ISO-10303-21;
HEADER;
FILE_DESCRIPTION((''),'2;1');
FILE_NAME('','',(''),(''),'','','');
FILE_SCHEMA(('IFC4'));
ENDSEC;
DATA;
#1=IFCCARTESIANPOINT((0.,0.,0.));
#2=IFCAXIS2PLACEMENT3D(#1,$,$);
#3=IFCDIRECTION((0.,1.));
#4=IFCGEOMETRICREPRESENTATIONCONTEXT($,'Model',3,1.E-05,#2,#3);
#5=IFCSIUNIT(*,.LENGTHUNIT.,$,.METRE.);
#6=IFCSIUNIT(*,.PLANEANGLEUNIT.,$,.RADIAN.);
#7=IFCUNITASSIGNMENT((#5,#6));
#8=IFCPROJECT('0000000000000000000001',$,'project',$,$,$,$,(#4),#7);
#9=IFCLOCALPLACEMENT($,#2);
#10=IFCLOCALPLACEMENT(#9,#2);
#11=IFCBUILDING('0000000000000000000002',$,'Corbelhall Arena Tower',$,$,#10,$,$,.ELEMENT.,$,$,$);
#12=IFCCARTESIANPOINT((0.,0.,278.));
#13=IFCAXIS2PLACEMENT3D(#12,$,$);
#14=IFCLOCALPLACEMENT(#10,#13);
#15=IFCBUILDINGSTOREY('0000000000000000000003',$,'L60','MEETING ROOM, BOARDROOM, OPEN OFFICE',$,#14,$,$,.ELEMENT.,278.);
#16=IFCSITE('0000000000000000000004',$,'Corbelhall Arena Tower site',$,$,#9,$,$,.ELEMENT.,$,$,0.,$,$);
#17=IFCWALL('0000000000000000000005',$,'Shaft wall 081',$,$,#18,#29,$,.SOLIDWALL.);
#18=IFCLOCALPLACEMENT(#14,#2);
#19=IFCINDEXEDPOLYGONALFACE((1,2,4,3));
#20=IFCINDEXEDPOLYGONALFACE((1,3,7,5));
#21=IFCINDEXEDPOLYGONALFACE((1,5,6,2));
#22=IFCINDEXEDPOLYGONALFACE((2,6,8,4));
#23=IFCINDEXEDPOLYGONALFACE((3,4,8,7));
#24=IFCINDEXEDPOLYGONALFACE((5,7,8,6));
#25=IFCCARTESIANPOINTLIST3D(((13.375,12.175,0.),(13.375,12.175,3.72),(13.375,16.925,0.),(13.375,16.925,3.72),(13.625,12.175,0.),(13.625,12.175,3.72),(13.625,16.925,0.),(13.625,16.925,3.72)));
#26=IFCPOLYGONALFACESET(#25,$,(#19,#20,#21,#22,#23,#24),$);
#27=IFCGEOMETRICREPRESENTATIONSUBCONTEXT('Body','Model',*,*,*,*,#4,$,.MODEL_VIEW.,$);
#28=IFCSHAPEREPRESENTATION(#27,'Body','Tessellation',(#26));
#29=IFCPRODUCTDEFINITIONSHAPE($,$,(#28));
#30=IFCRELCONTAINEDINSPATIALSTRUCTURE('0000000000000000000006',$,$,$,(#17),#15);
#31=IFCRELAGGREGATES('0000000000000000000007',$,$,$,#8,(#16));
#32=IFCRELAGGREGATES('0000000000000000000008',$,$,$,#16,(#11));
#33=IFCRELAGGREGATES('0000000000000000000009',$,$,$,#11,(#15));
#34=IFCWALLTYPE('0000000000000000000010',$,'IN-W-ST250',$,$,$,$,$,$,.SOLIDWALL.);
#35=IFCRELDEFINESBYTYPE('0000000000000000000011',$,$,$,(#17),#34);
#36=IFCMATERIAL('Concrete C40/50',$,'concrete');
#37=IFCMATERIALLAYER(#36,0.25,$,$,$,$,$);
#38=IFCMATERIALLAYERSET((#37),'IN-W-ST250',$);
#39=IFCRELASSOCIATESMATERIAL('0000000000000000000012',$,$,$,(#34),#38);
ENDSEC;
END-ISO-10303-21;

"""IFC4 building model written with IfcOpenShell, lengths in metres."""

from ifc_helpers import new_model, si_unit, direction, frame, frame_2d, origin, place, context, subcontext, project, spatial, rectangle, extrude, material, layer, layer_set, type_object, element, save


model = new_model("IFC4")

# Units and contexts
model_context = context("Model", 3, precision=1e-05, world=origin(), true_north=direction((0.0, 1.0)))
body_context = subcontext(model_context, "Body", "Model", "MODEL_VIEW")
ifc_project = project(units=[si_unit("LENGTHUNIT", "METRE"), si_unit("PLANEANGLEUNIT", "RADIAN")], contexts=[model_context])

# Site, building, storey
site_placement = place(None, origin())
site = spatial("IfcSite", under=ifc_project, at=site_placement, Name="Corbelhall Arena Tower site", CompositionType="ELEMENT", RefElevation=0.0)
building_placement = place(site_placement, origin())
building = spatial("IfcBuilding", under=site, at=building_placement, Name="Corbelhall Arena Tower", CompositionType="ELEMENT")
storey_placement = place(building_placement, frame((0.0, 0.0, 278.0)))
storey = spatial("IfcBuildingStorey", under=building, at=storey_placement, Name="L60", Description="MEETING ROOM, BOARDROOM, OPEN OFFICE", CompositionType="ELEMENT", Elevation=278.0)

# Wall
ifc_material_1 = material(Name="Concrete C40/50", Category="concrete")
ifc_layer_1 = layer(ifc_material_1, 0.25)
ifc_layer_set_1 = layer_set([ifc_layer_1], Name="IN-W-ST250")
wall_type_1 = type_object("IfcWallType", Name="IN-W-ST250", PredefinedType="SOLIDWALL", material=ifc_layer_set_1)
wall_1_placement = place(storey_placement, frame((13.5, 12.175, 0.0), z_axis=(0.0, 0.0, 1.0), x_axis=(0.0, 1.0, 0.0)))
element("IfcWall", 1, at=wall_1_placement, inside=storey, type_object=wall_type_1, Name="Shaft wall 081", PredefinedType="SOLIDWALL", context=body_context, shape_type="SweptSolid", body=[
    extrude(rectangle(XDim=4.75, YDim=0.25, at=frame_2d((2.375, 0.0))), origin(), (0.0, 0.0, 1.0), 3.72),
])

save(model, "model.ifc")
